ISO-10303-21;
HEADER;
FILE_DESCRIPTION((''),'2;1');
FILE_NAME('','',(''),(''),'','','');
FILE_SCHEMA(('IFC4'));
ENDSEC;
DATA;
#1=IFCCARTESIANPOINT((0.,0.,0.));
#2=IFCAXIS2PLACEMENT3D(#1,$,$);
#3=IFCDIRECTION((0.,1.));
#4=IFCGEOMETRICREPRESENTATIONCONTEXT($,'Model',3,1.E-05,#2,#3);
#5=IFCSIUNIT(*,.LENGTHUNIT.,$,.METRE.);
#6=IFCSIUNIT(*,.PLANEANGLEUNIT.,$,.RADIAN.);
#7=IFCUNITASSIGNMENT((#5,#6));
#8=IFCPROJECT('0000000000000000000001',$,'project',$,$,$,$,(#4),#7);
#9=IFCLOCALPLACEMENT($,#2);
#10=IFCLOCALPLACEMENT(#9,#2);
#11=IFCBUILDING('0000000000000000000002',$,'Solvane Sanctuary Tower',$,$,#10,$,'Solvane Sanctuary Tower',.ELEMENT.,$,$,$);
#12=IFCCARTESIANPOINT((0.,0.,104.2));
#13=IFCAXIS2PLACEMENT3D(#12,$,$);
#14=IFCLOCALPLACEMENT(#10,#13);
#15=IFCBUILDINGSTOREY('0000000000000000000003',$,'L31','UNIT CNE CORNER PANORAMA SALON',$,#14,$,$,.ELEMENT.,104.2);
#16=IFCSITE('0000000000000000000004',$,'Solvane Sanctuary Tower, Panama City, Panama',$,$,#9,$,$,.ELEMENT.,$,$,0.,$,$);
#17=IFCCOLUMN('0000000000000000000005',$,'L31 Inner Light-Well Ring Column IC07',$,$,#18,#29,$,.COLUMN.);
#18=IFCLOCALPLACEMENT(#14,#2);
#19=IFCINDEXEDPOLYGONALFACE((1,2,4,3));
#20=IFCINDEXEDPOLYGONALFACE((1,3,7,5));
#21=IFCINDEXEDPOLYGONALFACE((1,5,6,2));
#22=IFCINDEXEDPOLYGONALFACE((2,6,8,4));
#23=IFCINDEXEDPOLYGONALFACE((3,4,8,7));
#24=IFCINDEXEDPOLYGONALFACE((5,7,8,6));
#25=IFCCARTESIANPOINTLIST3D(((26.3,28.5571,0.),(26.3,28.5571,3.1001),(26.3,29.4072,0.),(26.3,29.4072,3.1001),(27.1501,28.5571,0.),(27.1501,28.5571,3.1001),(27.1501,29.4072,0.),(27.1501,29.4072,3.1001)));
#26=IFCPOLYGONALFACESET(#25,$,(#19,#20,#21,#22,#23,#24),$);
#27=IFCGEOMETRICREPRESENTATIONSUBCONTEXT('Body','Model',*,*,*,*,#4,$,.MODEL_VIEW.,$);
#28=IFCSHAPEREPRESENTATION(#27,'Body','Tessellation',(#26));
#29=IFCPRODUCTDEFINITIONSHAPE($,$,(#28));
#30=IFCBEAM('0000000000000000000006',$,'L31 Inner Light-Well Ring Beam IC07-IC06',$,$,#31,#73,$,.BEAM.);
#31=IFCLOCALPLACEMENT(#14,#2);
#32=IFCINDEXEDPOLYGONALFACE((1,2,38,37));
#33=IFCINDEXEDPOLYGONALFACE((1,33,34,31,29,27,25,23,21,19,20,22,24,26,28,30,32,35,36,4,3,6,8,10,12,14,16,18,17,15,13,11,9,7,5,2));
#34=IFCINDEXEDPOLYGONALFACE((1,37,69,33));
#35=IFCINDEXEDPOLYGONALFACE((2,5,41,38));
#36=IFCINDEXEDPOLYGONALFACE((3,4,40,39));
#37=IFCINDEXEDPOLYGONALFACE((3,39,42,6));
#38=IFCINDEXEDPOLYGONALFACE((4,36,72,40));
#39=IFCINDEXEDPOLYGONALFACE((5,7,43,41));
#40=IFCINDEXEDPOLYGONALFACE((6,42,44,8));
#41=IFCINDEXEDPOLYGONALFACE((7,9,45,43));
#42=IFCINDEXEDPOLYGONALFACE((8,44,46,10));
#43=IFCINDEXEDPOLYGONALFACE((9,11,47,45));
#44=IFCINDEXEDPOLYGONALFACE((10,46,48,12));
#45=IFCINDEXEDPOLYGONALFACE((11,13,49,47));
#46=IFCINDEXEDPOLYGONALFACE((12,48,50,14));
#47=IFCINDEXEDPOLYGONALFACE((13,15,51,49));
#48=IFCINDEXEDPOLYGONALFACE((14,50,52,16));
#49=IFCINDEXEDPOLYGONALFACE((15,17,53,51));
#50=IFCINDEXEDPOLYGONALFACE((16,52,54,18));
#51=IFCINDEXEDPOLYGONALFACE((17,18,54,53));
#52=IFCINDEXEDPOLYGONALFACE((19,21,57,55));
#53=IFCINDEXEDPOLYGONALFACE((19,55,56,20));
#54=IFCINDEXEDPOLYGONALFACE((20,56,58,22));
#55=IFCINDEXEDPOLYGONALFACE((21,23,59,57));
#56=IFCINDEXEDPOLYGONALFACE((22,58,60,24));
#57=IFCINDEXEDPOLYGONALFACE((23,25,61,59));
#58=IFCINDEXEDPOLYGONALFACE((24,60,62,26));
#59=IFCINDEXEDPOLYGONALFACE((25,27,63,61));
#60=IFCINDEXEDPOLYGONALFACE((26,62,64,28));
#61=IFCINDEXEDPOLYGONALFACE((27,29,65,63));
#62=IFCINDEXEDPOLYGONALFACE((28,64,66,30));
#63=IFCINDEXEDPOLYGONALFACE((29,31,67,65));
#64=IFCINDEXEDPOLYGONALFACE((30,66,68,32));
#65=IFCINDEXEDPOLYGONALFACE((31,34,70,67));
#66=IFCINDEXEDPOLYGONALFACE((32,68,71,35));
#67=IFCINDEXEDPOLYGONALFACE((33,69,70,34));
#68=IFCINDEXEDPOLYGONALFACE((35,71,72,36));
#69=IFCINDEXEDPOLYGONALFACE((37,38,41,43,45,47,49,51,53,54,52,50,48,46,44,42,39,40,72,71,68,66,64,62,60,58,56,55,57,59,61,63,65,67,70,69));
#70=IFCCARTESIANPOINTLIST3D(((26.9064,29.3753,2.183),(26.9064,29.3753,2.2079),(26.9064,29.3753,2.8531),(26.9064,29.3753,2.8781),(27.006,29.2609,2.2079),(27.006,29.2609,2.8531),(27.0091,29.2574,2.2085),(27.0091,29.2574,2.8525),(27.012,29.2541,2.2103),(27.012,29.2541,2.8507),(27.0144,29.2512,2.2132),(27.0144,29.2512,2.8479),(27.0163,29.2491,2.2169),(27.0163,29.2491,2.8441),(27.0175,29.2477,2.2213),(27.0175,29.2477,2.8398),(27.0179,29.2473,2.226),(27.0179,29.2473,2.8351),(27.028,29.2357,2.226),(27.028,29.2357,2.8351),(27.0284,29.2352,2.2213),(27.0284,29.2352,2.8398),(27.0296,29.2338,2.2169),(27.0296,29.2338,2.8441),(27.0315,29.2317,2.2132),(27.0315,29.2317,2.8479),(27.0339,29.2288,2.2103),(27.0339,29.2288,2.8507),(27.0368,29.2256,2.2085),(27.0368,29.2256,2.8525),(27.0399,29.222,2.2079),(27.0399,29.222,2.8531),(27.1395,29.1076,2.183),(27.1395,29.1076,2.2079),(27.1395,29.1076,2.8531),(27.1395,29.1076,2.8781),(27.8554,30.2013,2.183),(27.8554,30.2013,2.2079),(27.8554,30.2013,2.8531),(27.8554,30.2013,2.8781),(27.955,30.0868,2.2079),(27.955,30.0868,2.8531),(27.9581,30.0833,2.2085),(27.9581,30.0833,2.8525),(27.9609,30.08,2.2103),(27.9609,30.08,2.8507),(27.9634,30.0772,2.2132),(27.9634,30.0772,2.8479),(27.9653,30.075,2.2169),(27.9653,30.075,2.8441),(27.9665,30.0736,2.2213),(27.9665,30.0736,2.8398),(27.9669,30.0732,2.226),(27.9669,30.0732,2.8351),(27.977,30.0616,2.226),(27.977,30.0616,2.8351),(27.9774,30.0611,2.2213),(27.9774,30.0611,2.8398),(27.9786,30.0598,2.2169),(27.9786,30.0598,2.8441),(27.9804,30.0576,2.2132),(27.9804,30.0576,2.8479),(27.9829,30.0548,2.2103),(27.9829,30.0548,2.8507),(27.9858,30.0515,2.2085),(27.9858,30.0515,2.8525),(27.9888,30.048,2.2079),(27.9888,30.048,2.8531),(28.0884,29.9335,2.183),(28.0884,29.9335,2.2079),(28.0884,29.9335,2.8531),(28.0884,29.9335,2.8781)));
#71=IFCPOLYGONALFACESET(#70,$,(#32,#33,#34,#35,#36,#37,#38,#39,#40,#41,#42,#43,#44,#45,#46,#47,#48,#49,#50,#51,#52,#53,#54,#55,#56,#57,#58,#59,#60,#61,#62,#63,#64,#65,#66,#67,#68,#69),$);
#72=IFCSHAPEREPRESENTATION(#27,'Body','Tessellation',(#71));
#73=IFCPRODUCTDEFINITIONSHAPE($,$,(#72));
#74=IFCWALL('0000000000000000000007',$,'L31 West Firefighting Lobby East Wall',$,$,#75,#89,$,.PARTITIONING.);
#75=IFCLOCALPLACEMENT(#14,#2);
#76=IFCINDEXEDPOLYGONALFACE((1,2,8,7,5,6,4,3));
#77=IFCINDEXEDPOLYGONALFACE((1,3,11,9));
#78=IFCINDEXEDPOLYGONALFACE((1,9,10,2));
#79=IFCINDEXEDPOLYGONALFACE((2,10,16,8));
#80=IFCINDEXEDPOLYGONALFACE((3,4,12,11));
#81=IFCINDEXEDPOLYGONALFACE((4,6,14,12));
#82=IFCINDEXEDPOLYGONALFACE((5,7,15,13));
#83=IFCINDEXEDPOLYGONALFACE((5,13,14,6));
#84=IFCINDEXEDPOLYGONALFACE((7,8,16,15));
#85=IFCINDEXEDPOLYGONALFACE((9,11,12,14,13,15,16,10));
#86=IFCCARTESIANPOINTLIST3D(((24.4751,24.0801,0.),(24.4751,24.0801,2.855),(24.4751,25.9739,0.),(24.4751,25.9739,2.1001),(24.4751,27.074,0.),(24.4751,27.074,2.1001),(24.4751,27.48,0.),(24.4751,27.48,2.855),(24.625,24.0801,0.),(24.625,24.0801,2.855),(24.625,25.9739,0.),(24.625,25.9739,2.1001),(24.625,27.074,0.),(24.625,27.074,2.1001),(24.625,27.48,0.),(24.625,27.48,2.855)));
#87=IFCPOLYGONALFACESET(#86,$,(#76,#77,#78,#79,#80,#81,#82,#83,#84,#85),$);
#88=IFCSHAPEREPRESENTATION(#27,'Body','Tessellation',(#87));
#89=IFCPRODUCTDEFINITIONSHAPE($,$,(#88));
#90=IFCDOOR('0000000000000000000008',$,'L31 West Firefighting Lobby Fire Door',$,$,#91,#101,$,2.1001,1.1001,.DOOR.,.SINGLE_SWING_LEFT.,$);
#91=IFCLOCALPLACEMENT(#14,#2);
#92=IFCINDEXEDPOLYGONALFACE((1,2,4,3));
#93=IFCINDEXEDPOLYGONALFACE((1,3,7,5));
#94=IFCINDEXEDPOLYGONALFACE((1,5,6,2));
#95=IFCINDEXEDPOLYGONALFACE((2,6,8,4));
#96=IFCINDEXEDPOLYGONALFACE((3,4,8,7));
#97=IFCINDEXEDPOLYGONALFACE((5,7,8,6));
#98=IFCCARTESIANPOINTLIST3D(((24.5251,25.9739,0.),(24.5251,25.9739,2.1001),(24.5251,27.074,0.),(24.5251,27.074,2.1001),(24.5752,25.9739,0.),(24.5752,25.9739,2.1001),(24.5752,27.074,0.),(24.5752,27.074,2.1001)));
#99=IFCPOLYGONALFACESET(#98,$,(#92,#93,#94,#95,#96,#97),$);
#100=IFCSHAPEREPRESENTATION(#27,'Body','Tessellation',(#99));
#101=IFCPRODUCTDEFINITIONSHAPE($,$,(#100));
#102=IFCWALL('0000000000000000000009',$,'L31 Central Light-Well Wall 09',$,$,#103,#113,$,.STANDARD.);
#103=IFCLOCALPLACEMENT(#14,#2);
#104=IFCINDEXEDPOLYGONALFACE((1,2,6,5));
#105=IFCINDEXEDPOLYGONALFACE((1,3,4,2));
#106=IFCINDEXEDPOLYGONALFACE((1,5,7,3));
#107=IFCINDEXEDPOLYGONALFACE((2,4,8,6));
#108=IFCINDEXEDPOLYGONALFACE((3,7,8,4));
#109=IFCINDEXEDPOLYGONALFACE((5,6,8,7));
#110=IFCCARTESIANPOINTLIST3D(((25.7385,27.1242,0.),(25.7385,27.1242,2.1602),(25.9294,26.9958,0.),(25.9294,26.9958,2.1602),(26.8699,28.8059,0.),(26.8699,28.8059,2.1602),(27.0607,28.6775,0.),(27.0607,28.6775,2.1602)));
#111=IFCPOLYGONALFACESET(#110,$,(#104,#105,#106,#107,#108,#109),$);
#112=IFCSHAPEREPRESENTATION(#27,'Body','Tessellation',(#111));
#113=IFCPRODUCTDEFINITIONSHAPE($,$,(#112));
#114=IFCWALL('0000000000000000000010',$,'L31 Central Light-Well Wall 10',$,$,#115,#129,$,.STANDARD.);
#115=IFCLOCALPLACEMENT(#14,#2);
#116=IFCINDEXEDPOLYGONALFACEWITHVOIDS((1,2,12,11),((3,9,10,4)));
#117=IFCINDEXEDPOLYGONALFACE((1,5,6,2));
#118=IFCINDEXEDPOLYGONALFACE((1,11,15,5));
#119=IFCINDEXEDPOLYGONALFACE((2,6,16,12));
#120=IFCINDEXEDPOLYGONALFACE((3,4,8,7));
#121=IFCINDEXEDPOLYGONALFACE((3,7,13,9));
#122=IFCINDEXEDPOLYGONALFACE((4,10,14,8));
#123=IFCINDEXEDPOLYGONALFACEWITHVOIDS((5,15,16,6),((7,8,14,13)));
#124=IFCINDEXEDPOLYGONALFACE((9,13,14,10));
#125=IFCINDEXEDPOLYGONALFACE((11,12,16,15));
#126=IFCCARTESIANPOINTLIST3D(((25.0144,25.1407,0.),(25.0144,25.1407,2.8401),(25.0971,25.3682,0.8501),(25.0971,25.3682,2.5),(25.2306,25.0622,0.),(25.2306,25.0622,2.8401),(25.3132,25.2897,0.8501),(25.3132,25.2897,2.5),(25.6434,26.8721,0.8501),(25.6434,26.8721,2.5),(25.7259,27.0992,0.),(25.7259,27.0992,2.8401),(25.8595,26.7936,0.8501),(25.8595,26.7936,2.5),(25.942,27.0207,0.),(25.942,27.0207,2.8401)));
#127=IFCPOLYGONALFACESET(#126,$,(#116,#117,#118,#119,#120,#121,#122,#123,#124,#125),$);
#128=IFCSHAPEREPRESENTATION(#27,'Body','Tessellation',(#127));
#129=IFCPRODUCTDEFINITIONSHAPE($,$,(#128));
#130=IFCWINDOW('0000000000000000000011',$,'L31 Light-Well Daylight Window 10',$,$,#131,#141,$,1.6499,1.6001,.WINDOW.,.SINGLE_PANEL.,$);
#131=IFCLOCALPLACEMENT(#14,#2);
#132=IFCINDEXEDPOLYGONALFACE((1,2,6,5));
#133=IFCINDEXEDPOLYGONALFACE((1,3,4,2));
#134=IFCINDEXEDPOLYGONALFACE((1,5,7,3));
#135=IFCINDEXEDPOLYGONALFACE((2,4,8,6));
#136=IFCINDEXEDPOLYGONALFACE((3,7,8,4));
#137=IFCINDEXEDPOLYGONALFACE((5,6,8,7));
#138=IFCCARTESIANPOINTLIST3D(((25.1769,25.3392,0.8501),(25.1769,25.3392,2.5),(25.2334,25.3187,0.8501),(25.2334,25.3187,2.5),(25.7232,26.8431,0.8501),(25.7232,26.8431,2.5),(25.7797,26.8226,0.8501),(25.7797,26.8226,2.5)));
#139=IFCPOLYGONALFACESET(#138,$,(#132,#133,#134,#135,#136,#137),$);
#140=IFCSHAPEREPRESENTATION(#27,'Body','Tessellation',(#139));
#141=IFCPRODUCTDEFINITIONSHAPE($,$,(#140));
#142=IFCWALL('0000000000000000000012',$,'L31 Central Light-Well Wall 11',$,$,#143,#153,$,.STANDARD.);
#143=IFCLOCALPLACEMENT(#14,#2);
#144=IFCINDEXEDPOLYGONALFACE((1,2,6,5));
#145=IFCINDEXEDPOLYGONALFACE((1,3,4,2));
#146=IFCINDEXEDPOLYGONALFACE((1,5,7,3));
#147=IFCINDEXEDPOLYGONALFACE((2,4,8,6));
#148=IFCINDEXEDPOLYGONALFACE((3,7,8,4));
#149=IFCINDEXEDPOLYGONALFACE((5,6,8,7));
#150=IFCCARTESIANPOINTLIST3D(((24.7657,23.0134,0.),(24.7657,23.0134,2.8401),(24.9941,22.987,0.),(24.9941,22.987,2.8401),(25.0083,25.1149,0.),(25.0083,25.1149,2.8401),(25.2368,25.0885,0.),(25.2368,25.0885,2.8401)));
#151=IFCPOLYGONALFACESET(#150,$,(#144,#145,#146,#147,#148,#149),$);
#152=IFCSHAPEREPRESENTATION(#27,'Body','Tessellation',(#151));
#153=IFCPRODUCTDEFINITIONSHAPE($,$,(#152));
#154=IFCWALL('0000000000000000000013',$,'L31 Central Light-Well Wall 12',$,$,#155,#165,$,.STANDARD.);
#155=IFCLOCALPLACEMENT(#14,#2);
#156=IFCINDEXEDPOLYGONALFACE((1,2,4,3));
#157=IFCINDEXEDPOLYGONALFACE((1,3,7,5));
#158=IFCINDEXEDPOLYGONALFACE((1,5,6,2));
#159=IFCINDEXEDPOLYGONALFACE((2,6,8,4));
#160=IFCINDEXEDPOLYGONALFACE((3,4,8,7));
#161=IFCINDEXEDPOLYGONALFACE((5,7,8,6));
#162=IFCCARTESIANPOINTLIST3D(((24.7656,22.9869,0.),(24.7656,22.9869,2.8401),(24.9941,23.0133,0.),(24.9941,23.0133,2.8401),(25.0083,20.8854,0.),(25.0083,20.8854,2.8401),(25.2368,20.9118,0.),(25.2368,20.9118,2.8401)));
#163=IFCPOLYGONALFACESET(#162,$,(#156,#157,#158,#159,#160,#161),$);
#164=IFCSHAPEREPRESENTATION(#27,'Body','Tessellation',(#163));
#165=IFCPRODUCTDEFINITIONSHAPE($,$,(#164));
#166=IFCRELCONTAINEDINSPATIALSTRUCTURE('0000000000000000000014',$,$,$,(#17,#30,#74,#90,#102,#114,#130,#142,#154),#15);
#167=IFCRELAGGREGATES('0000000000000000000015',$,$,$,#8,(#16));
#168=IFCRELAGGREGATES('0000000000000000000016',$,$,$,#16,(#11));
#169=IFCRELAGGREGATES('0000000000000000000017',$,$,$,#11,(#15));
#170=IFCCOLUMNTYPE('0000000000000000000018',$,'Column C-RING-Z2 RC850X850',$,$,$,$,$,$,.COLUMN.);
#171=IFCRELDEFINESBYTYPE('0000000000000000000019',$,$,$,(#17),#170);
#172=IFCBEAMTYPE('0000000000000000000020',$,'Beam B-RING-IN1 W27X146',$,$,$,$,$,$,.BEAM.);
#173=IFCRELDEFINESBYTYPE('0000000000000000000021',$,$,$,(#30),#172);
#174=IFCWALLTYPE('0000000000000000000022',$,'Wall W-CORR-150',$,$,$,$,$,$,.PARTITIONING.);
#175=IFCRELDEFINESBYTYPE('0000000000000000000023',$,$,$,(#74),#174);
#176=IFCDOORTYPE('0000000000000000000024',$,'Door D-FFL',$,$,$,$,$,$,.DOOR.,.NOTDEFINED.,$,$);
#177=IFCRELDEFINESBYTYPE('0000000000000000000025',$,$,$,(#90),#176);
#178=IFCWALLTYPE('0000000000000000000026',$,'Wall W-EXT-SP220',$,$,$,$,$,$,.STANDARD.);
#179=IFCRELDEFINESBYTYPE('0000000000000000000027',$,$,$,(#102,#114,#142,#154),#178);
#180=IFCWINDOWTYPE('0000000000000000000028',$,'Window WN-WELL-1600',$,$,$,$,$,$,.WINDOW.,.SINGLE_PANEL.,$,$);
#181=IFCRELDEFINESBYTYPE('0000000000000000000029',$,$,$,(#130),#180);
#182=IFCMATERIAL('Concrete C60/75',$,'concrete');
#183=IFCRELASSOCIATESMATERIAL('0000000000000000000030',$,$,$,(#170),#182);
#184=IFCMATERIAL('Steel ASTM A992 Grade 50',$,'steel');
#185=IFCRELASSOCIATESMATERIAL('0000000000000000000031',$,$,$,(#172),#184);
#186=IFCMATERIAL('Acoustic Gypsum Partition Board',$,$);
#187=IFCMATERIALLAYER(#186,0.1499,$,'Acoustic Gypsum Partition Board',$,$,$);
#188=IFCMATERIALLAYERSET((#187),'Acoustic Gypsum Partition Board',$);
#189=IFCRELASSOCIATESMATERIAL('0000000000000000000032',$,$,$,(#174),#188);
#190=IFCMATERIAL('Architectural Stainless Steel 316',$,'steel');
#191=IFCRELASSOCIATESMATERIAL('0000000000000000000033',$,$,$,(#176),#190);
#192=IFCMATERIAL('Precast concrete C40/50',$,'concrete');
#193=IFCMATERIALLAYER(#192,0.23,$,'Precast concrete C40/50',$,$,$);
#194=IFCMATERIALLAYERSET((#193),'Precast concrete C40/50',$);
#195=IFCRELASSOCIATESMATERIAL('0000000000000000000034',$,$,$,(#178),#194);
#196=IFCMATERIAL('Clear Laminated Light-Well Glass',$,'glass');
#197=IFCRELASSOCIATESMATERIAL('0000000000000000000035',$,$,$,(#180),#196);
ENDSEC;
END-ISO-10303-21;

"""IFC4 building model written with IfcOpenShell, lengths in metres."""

from ifc_helpers import new_model, si_unit, direction, frame, frame_2d, origin, origin_2d, place, context, subcontext, project, spatial, rectangle, i_section, extrude, material, layer, layer_set, material_profile, profile_set, type_object, element, fill, save


model = new_model("IFC4")

# Units and contexts
model_context = context("Model", 3, precision=1e-05, world=origin(), true_north=direction((0.0, 1.0)))
body_context = subcontext(model_context, "Body", "Model", "MODEL_VIEW")
ifc_project = project(units=[si_unit("LENGTHUNIT", "METRE"), si_unit("PLANEANGLEUNIT", "RADIAN")], contexts=[model_context])

# Site, building, storey
site_placement = place(None, origin())
site = spatial("IfcSite", under=ifc_project, at=site_placement, Name="Solvane Sanctuary Tower, Panama City, Panama", CompositionType="ELEMENT", RefElevation=0.0)
building_placement = place(site_placement, origin())
building = spatial("IfcBuilding", under=site, at=building_placement, Name="Solvane Sanctuary Tower", LongName="Solvane Sanctuary Tower", CompositionType="ELEMENT")
storey_placement = place(building_placement, frame((0.0, 0.0, 104.2)))
storey = spatial("IfcBuildingStorey", under=building, at=storey_placement, Name="L31", Description="UNIT CNE CORNER PANORAMA SALON", CompositionType="ELEMENT", Elevation=104.2)

# Column
ifc_material_1 = material(Name="Concrete C60/75", Category="concrete")
ifc_material_profile_1 = material_profile(ifc_material_1, rectangle(XDim=0.8501, YDim=0.8501, at=origin_2d()), Name="RC850X850")
ifc_profile_set_1 = profile_set([ifc_material_profile_1], Name="Concrete C60/75")
column_type = type_object("IfcColumnType", Name="Column C-RING-Z2 RC850X850", PredefinedType="COLUMN", material=ifc_profile_set_1)
column_placement = place(storey_placement, frame((26.7251, 28.9822, 0.0), z_axis=(0.0, 0.0, 1.0), x_axis=(1.0, 0.0, 0.0)))
element("IfcColumn", 1, at=column_placement, inside=storey, type_object=column_type, Name="L31 Inner Light-Well Ring Column IC07", PredefinedType="COLUMN", context=body_context, shape_type="SweptSolid", body=[
    extrude(rectangle(XDim=0.8501, YDim=0.8501, at=origin_2d()), origin(), (0.0, 0.0, 1.0), 3.1001),
])

# Beam
ifc_material_2 = material(Name="Steel ASTM A992 Grade 50", Category="steel")
ifc_material_profile_2 = material_profile(ifc_material_2, i_section(OverallWidth=0.355, OverallDepth=0.6951, WebThickness=0.0154, FlangeThickness=0.0249, FilletRadius=0.0181, at=origin_2d()), Name="W27X146")
ifc_profile_set_2 = profile_set([ifc_material_profile_2], Name="Steel ASTM A992 Grade 50")
beam_type = type_object("IfcBeamType", Name="Beam B-RING-IN1 W27X146", PredefinedType="BEAM", material=ifc_profile_set_2)
beam_placement = place(storey_placement, frame((27.0229, 29.2415, 2.5305), z_axis=(0.754317, 0.65651, 0.0), x_axis=(-0.65651, 0.754317, 0.0)))
element("IfcBeam", 2, at=beam_placement, inside=storey, type_object=beam_type, Name="L31 Inner Light-Well Ring Beam IC07-IC06", PredefinedType="BEAM", context=body_context, shape_type="SweptSolid", body=[
    extrude(i_section(OverallWidth=0.355, OverallDepth=0.6951, WebThickness=0.0154, FlangeThickness=0.0249, FilletRadius=0.0181, at=origin_2d()), origin(), (0.0, 0.0, 1.0), 1.2581),
])

# Wall, opening, door
ifc_material_3 = material(Name="Acoustic Gypsum Partition Board")
ifc_layer_1 = layer(ifc_material_3, 0.1499, Name="Acoustic Gypsum Partition Board")
ifc_layer_set_1 = layer_set([ifc_layer_1], Name="Acoustic Gypsum Partition Board")
wall_type_1 = type_object("IfcWallType", Name="Wall W-CORR-150", PredefinedType="PARTITIONING", material=ifc_layer_set_1)
wall_1_placement = place(storey_placement, frame((24.55, 24.0801, 0.0), z_axis=(0.0, 0.0, 1.0), x_axis=(0.0, 1.0, 0.0)))
wall_1 = element("IfcWall", 3, at=wall_1_placement, inside=storey, type_object=wall_type_1, Name="L31 West Firefighting Lobby East Wall", PredefinedType="PARTITIONING", context=body_context, shape_type="SweptSolid", body=[
    extrude(rectangle(XDim=3.3999, YDim=0.1499, at=frame_2d((1.7, 0.0))), origin(), (0.0, 0.0, 1.0), 2.855),
])
opening_1_placement = place(wall_1_placement, frame((1.8938, 0.0, 0.0)))
opening_1 = element("IfcOpeningElement", 4, at=opening_1_placement, cuts=wall_1, PredefinedType="OPENING", context=body_context, shape_type="SweptSolid", body=[
    extrude(rectangle(XDim=1.1001, YDim=2.1001, at=frame_2d((0.55, 1.05))), frame((0.0, 0.085, 0.0), z_axis=(0.0, -1.0, 0.0), x_axis=(1.0, 0.0, 0.0)), (0.0, 0.0, 1.0), 0.1699),
])
ifc_material_4 = material(Name="Architectural Stainless Steel 316", Category="steel")
door_type_1 = type_object("IfcDoorType", Name="Door D-FFL", OperationType="NOTDEFINED", PredefinedType="DOOR", material=ifc_material_4)
door_1_placement = place(opening_1_placement, origin())
door_1 = element("IfcDoor", 5, at=door_1_placement, inside=storey, type_object=door_type_1, Name="L31 West Firefighting Lobby Fire Door", OperationType="SINGLE_SWING_LEFT", OverallHeight=2.1001, OverallWidth=1.1001, PredefinedType="DOOR", context=body_context, shape_type="SweptSolid", body=[
    extrude(rectangle(XDim=1.1001, YDim=2.1001, at=frame_2d((0.55, 1.05))), frame((0.0, 0.0249, 0.0), z_axis=(0.0, -1.0, 0.0), x_axis=(1.0, 0.0, 0.0)), (0.0, 0.0, 1.0), 0.05),
])
fill(opening_1, door_1)

# Wall
ifc_material_5 = material(Name="Precast concrete C40/50", Category="concrete")
ifc_layer_2 = layer(ifc_material_5, 0.23, Name="Precast concrete C40/50")
ifc_layer_set_2 = layer_set([ifc_layer_2], Name="Precast concrete C40/50")
wall_type_2 = type_object("IfcWallType", Name="Wall W-EXT-SP220", PredefinedType="STANDARD", material=ifc_layer_set_2)
wall_2_placement = place(storey_placement, frame((26.9653, 28.7417, 0.0), z_axis=(0.0, 0.0, 1.0), x_axis=(-0.558198, -0.829708, 0.0)))
element("IfcWall", 6, at=wall_2_placement, inside=storey, type_object=wall_type_2, Name="L31 Central Light-Well Wall 09", PredefinedType="STANDARD", context=body_context, shape_type="SweptSolid", body=[
    extrude(rectangle(XDim=2.0269, YDim=0.23, at=frame_2d((1.0134, 0.0))), origin(), (0.0, 0.0, 1.0), 2.1602),
])

# Wall, opening, window
wall_3_placement = place(storey_placement, frame((25.834, 27.0601, 0.0), z_axis=(0.0, 0.0, 1.0), x_axis=(-0.341423, -0.93991, 0.0)))
wall_3 = element("IfcWall", 7, at=wall_3_placement, inside=storey, type_object=wall_type_2, Name="L31 Central Light-Well Wall 10", PredefinedType="STANDARD", context=body_context, shape_type="SweptSolid", body=[
    extrude(rectangle(XDim=2.0837, YDim=0.23, at=frame_2d((1.042, 0.0))), origin(), (0.0, 0.0, 1.0), 2.8401),
])
opening_2_placement = place(wall_3_placement, frame((0.2417, 0.0, 0.8501)))
opening_2 = element("IfcOpeningElement", 8, at=opening_2_placement, cuts=wall_3, PredefinedType="OPENING", context=body_context, shape_type="SweptSolid", body=[
    extrude(rectangle(XDim=1.6001, YDim=1.6499, at=frame_2d((0.8, 0.825))), frame((0.0, 0.125, 0.0), z_axis=(0.0, -1.0, 0.0), x_axis=(1.0, 0.0, 0.0)), (0.0, 0.0, 1.0), 0.25),
])
ifc_material_6 = material(Name="Clear Laminated Light-Well Glass", Category="glass")
window_type = type_object("IfcWindowType", Name="Window WN-WELL-1600", PartitioningType="SINGLE_PANEL", PredefinedType="WINDOW", material=ifc_material_6)
window_1_placement = place(opening_2_placement, origin())
window_1 = element("IfcWindow", 9, at=window_1_placement, inside=storey, type_object=window_type, Name="L31 Light-Well Daylight Window 10", OverallHeight=1.6499, OverallWidth=1.6001, PartitioningType="SINGLE_PANEL", PredefinedType="WINDOW", context=body_context, shape_type="SweptSolid", body=[
    extrude(rectangle(XDim=1.6001, YDim=1.6499, at=frame_2d((0.8, 0.825))), frame((0.0, 0.03, 0.0), z_axis=(0.0, -1.0, 0.0), x_axis=(1.0, 0.0, 0.0)), (0.0, 0.0, 1.0), 0.0601),
])
fill(opening_2, window_1)

# Walls
for number, where, z_axis, x_axis, name in (
    (10, (25.1226, 25.1016, 0.0), (0.0, 0.0, 1.0), (-0.114712, -0.993399, 0.0), "L31 Central Light-Well Wall 11"),
    (11, (24.8799, 23.0, 0.0), (0.0, 0.0, 1.0), (0.114712, -0.993399, 0.0), "L31 Central Light-Well Wall 12"),
):
    element("IfcWall", number, at=place(storey_placement, frame(where, z_axis=z_axis, x_axis=x_axis)), inside=storey, type_object=wall_type_2, Name=name, PredefinedType="STANDARD", context=body_context, shape_type="SweptSolid", body=[
        extrude(rectangle(XDim=2.1155, YDim=0.23, at=frame_2d((1.0576, 0.0))), origin(), (0.0, 0.0, 1.0), 2.8401),
    ])

save(model, "model.ifc")
